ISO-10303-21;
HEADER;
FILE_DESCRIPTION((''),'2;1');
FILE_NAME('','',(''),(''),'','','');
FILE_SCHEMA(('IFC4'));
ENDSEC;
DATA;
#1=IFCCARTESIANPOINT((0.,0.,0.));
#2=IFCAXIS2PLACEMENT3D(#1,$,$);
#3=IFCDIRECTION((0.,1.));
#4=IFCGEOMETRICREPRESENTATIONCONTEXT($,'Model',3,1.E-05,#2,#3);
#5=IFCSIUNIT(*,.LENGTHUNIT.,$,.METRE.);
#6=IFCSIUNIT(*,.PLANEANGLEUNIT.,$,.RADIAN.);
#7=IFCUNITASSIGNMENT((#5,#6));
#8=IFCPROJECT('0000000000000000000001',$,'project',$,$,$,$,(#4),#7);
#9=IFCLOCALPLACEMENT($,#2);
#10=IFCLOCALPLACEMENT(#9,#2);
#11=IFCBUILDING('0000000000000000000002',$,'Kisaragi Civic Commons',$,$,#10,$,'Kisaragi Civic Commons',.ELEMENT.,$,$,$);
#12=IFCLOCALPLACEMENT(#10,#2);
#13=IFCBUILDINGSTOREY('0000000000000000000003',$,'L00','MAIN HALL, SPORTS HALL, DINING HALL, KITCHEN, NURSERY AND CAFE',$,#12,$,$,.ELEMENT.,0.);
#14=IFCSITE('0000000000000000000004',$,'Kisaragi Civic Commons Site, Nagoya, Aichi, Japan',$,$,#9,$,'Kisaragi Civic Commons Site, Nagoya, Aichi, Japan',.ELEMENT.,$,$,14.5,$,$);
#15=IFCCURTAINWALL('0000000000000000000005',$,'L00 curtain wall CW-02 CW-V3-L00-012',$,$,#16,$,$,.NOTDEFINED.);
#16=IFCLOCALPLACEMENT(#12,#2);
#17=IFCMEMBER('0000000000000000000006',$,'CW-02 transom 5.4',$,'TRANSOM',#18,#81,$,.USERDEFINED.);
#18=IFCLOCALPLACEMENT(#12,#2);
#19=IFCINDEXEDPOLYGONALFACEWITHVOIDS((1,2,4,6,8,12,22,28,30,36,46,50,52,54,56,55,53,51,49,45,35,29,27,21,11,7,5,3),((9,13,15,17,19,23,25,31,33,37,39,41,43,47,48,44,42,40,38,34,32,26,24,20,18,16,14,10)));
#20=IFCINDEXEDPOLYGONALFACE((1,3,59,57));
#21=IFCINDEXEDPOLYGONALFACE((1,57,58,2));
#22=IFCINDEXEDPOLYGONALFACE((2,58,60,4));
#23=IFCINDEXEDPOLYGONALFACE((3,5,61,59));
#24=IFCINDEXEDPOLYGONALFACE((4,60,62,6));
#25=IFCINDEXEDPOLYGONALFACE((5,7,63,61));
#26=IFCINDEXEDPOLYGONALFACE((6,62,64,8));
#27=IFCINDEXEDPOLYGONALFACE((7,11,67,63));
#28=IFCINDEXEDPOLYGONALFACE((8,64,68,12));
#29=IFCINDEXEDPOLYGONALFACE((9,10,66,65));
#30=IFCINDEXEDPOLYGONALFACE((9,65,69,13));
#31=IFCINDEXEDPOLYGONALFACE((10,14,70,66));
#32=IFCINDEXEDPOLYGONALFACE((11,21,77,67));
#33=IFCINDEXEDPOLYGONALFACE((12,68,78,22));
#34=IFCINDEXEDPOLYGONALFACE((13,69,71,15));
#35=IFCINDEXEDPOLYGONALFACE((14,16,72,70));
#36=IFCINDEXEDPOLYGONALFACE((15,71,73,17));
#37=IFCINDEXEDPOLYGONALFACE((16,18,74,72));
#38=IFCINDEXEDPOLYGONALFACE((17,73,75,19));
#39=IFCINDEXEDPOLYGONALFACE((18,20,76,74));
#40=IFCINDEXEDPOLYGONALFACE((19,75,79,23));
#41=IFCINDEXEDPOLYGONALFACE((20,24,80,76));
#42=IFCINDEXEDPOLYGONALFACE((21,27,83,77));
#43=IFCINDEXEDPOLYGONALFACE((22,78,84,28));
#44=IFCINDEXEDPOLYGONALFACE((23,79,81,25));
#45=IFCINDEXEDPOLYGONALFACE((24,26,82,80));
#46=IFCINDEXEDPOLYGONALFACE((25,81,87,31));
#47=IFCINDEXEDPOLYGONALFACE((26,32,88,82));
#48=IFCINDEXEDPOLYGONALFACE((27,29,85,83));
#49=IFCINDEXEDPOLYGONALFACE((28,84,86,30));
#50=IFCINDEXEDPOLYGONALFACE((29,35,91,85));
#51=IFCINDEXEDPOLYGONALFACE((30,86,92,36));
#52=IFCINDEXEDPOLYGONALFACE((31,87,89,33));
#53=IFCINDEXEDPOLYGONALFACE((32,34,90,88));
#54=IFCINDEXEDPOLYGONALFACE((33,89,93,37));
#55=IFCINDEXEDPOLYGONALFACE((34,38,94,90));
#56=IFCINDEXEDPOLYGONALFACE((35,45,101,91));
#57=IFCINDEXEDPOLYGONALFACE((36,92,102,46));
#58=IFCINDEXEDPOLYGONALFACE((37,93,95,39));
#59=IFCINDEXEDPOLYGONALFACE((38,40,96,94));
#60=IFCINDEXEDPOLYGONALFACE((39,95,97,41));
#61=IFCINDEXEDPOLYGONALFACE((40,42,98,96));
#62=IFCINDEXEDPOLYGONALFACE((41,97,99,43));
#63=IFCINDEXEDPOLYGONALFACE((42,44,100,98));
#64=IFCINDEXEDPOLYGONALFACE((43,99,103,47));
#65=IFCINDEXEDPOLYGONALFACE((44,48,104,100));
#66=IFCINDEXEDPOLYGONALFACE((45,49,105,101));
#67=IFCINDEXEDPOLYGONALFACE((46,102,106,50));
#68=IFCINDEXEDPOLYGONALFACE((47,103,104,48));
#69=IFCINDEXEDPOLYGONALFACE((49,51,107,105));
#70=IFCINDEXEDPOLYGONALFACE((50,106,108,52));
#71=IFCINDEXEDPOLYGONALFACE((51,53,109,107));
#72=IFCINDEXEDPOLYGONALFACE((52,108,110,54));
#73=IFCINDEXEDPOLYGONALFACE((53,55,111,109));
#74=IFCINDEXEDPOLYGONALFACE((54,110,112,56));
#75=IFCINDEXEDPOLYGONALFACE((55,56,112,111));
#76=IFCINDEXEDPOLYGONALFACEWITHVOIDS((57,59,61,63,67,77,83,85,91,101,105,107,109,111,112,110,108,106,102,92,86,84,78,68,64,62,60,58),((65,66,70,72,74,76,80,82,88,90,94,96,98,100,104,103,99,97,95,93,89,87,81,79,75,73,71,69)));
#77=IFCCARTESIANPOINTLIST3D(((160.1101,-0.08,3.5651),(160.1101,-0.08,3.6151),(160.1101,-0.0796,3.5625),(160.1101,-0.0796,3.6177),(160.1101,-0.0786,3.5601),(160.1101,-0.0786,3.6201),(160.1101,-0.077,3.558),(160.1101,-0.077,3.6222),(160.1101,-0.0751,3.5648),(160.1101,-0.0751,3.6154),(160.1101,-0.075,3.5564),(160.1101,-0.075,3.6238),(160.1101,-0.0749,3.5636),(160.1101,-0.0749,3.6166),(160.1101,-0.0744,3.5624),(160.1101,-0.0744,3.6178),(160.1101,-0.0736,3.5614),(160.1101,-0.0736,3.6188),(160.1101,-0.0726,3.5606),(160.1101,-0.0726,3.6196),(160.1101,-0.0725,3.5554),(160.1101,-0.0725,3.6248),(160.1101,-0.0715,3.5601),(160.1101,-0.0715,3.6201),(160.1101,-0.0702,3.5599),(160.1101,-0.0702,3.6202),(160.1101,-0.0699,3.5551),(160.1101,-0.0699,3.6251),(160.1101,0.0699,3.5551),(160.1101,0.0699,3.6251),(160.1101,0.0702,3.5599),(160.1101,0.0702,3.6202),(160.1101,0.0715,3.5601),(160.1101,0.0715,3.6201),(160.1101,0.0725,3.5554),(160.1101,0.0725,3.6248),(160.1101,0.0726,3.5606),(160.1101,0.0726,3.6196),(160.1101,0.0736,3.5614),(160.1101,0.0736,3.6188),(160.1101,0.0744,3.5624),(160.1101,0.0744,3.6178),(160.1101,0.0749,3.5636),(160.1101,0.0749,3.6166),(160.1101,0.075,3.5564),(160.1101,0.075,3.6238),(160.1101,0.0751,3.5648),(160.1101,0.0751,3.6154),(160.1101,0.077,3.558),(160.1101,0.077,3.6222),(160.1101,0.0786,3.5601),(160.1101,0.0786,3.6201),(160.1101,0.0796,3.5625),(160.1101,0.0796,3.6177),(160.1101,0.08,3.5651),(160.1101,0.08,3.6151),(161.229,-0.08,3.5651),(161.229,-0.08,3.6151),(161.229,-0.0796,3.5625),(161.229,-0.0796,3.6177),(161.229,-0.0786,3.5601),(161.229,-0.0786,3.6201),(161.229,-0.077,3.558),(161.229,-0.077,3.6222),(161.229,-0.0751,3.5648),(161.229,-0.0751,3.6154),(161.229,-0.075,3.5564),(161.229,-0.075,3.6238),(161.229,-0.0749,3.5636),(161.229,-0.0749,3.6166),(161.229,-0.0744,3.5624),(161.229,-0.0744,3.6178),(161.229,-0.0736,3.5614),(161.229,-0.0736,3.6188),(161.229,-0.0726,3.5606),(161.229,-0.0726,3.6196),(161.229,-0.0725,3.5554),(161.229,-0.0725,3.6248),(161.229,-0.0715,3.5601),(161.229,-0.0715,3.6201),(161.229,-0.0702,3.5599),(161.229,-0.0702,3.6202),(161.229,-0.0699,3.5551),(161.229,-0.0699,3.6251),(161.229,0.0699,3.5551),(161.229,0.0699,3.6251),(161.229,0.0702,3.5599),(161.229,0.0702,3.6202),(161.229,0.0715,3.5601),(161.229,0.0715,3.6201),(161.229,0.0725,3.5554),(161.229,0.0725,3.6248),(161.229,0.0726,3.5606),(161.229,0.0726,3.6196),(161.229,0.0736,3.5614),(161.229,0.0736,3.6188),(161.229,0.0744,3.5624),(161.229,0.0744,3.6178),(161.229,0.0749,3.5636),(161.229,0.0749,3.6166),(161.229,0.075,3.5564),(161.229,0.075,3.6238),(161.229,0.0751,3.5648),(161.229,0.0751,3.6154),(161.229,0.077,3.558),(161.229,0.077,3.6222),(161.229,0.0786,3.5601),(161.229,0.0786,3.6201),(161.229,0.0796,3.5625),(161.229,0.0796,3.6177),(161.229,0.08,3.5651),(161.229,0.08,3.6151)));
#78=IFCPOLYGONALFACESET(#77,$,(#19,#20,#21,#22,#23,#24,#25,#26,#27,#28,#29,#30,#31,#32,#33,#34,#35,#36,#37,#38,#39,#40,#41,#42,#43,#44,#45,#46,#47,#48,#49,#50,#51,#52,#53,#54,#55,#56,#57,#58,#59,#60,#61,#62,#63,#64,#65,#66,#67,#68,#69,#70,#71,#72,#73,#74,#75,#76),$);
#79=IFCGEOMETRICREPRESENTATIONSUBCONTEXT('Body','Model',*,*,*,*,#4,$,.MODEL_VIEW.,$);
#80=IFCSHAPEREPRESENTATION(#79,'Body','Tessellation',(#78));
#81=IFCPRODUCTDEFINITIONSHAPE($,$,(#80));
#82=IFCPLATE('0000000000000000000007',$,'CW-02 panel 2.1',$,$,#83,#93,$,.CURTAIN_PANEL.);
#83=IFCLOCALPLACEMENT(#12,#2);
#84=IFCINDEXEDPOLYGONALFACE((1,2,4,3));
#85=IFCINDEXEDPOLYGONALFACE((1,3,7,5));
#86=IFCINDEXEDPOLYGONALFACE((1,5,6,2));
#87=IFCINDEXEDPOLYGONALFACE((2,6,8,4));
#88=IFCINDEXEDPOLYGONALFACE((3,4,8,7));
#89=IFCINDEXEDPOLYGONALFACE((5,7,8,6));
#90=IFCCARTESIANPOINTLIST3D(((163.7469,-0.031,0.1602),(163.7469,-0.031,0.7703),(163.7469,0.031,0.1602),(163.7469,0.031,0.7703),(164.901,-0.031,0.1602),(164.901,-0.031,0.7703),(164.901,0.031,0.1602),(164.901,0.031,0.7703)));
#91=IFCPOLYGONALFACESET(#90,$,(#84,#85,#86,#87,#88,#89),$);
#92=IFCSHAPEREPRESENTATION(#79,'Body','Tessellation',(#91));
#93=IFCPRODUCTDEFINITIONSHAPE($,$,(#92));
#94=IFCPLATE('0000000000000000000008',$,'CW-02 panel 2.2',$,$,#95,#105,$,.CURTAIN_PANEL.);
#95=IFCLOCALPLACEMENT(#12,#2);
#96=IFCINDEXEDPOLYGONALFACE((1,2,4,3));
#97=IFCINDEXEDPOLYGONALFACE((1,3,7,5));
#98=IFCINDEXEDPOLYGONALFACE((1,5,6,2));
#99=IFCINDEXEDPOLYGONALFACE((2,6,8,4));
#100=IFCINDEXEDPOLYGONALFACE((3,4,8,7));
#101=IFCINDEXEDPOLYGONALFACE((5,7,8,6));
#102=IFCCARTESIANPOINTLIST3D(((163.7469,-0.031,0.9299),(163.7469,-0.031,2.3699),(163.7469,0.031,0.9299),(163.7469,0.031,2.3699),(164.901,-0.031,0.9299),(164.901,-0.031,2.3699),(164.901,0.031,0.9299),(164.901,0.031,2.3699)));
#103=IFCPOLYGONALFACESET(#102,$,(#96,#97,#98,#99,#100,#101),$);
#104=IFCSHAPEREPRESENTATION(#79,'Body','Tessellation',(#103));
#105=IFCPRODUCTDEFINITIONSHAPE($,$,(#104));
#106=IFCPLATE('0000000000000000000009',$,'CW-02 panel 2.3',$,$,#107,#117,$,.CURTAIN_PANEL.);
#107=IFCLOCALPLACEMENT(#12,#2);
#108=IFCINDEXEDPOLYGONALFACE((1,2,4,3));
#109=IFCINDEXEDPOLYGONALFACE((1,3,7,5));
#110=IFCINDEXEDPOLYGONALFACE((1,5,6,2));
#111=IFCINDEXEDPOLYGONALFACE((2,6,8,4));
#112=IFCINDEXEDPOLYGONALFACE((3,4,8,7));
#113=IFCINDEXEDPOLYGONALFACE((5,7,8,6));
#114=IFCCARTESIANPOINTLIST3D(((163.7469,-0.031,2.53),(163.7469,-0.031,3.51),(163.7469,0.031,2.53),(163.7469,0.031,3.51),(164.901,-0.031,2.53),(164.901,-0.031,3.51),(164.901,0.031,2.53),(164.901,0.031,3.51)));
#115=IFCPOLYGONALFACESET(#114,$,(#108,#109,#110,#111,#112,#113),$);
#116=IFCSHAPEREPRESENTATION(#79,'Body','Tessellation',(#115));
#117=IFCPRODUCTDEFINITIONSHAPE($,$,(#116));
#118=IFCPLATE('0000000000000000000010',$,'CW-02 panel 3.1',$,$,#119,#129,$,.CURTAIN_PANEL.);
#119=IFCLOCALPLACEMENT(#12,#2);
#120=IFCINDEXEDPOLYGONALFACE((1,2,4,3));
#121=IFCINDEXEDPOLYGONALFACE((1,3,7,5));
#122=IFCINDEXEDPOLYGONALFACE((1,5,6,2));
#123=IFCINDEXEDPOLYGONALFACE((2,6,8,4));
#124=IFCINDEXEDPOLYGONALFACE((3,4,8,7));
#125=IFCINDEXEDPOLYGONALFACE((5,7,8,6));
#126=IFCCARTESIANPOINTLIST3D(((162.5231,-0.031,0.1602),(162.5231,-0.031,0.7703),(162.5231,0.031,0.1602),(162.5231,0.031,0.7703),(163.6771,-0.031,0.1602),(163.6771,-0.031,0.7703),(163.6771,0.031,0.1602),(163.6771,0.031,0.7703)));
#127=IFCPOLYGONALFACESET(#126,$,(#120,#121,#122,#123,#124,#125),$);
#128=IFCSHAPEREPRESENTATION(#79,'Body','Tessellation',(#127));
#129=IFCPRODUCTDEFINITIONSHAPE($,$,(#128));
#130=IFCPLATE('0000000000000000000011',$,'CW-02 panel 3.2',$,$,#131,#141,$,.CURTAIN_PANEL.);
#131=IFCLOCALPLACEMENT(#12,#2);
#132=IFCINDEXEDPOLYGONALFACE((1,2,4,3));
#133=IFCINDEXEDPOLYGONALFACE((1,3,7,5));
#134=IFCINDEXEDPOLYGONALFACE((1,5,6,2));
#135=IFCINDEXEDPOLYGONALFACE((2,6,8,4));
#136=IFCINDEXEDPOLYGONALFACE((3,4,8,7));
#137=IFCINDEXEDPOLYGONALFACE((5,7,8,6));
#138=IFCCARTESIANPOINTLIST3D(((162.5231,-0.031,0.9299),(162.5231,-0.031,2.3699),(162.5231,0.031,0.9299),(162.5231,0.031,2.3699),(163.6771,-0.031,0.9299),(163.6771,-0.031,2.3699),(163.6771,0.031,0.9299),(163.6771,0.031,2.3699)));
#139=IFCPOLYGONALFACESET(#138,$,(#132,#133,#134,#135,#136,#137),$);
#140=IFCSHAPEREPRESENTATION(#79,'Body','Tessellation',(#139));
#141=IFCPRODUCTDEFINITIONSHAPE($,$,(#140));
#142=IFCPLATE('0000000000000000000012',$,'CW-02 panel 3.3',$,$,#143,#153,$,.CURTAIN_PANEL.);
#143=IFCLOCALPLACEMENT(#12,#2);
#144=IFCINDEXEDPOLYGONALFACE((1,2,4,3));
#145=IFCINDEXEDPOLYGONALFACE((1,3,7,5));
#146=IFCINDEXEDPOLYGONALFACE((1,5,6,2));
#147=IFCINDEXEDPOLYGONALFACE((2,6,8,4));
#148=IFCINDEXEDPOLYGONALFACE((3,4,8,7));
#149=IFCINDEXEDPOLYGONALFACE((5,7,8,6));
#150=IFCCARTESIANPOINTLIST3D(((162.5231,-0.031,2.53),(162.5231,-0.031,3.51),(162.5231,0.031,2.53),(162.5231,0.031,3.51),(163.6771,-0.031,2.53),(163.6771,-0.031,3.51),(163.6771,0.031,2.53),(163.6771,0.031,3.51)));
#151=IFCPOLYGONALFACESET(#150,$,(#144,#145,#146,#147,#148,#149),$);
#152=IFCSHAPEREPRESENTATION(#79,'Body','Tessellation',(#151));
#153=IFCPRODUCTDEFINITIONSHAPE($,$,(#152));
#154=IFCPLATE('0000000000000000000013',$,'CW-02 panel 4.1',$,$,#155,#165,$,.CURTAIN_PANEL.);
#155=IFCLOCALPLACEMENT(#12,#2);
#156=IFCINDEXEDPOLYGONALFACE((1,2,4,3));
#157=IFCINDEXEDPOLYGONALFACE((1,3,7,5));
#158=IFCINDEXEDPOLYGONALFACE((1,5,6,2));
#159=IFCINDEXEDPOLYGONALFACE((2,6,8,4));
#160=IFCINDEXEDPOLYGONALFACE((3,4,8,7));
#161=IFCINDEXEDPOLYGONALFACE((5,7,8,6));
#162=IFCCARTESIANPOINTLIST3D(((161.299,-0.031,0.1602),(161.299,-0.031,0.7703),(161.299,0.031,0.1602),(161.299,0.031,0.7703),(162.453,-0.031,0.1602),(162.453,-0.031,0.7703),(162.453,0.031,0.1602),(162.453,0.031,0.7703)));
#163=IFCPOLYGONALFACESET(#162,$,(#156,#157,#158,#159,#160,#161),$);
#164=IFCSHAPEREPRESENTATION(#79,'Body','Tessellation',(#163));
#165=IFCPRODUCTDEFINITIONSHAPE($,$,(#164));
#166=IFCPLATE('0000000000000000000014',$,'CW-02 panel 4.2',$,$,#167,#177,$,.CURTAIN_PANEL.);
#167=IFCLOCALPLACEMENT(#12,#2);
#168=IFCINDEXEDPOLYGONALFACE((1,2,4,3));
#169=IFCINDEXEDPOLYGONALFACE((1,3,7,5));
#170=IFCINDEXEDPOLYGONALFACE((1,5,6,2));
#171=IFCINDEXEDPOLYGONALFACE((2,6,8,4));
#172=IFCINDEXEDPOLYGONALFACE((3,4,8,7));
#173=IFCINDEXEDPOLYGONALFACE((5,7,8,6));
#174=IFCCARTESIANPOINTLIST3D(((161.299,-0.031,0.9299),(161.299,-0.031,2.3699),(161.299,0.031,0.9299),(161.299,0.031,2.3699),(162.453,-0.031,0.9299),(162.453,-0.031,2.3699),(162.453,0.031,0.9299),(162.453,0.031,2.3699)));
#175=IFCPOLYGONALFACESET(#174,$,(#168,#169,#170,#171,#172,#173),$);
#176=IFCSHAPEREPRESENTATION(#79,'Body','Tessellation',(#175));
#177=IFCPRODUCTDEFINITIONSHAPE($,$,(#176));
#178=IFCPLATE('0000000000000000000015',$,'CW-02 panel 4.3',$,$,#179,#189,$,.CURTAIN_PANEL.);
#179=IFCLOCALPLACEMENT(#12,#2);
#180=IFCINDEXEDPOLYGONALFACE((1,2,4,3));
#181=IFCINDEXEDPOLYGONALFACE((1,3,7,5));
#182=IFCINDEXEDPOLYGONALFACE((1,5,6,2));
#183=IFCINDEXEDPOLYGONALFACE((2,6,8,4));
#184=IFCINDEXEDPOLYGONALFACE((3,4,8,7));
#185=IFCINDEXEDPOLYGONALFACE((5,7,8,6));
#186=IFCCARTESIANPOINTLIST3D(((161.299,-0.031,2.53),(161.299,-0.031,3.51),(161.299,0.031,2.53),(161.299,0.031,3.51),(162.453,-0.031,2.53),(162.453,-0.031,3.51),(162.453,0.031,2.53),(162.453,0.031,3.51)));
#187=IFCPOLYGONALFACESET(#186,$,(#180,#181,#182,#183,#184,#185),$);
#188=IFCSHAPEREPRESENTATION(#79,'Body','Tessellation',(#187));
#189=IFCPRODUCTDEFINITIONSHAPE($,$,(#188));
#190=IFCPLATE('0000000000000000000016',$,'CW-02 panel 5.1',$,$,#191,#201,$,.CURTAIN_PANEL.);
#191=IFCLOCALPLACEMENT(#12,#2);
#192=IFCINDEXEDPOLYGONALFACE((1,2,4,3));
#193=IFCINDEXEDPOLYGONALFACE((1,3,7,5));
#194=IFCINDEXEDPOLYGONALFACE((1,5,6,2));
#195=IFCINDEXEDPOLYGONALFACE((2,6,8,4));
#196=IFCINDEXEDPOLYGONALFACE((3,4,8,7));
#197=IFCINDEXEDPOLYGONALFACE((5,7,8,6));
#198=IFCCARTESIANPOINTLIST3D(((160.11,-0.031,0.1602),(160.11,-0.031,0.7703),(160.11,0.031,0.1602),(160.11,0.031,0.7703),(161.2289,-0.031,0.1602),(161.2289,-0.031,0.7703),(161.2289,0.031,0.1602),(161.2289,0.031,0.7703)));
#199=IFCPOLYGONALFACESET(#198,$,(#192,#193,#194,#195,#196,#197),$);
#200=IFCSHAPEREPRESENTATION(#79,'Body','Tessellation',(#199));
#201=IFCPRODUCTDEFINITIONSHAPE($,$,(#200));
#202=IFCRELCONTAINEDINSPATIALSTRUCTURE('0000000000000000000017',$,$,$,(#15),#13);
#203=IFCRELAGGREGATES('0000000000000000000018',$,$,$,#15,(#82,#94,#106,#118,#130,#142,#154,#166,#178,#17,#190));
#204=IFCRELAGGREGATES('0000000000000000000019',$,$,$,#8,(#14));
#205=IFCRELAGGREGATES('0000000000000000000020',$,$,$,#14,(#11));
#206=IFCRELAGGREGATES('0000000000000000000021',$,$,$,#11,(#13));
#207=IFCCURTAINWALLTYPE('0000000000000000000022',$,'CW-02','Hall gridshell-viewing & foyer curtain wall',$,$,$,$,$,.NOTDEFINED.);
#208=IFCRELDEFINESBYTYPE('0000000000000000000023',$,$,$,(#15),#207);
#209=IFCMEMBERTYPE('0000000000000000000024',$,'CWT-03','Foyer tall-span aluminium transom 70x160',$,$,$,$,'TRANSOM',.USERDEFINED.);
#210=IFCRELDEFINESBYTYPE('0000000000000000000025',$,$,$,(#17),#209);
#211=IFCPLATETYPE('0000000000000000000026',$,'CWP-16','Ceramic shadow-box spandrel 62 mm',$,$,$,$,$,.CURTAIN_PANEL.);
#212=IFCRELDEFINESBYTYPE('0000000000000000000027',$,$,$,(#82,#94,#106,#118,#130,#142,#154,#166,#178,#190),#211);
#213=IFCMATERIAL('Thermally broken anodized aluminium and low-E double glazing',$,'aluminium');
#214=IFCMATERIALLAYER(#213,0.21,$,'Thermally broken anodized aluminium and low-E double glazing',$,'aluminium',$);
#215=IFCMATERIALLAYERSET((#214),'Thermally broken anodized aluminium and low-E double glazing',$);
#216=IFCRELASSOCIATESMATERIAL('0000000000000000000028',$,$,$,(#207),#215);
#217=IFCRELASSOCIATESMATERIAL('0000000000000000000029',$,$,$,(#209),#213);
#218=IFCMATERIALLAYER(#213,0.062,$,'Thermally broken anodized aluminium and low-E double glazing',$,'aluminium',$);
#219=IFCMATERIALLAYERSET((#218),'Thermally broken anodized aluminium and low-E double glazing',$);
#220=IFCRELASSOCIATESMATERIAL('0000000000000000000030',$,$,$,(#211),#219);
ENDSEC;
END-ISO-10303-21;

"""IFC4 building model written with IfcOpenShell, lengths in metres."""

from ifc_helpers import new_model, si_unit, direction, frame, origin, origin_2d, place, context, subcontext, project, spatial, rectangle, hollow_rectangle, extrude, material, layer, layer_set, material_profile, profile_set, type_object, element, aggregate, save


model = new_model("IFC4")

# Units and contexts
model_context = context("Model", 3, precision=1e-05, world=origin(), true_north=direction((0.0, 1.0)))
body_context = subcontext(model_context, "Body", "Model", "MODEL_VIEW")
ifc_project = project(units=[si_unit("LENGTHUNIT", "METRE"), si_unit("PLANEANGLEUNIT", "RADIAN")], contexts=[model_context])

# Site, building, storey
site_placement = place(None, origin())
site = spatial("IfcSite", under=ifc_project, at=site_placement, Name="Kisaragi Civic Commons Site, Nagoya, Aichi, Japan", LongName="Kisaragi Civic Commons Site, Nagoya, Aichi, Japan", CompositionType="ELEMENT", RefElevation=14.5)
building_placement = place(site_placement, origin())
building = spatial("IfcBuilding", under=site, at=building_placement, Name="Kisaragi Civic Commons", LongName="Kisaragi Civic Commons", CompositionType="ELEMENT")
storey_placement = place(building_placement, origin())
storey = spatial("IfcBuildingStorey", under=building, at=storey_placement, Name="L00", Description="MAIN HALL, SPORTS HALL, DINING HALL, KITCHEN, NURSERY AND CAFE", CompositionType="ELEMENT", Elevation=0.0)

# Curtain wall, member, plates
ifc_material = material(Name="Thermally broken anodized aluminium and low-E double glazing", Category="aluminium")
ifc_layer_1 = layer(ifc_material, 0.21, Name="Thermally broken anodized aluminium and low-E double glazing", Category="aluminium")
ifc_layer_set_1 = layer_set([ifc_layer_1], Name="Thermally broken anodized aluminium and low-E double glazing")
curtain_wall_type = type_object("IfcCurtainWallType", Name="CW-02", Description="Hall gridshell-viewing & foyer curtain wall", PredefinedType="NOTDEFINED", material=ifc_layer_set_1)
curtain_wall_placement = place(storey_placement, origin())
curtain_wall = element("IfcCurtainWall", 1, at=curtain_wall_placement, inside=storey, type_object=curtain_wall_type, Name="L00 curtain wall CW-02 CW-V3-L00-012", PredefinedType="NOTDEFINED")
ifc_material_profile_1 = material_profile(ifc_material, hollow_rectangle(XDim=0.1599, YDim=0.0701, WallThickness=0.0049, InnerFilletRadius=0.0049, OuterFilletRadius=0.01, at=origin_2d()), Name="CWT-70x160x5", Category="aluminium")
ifc_profile_set_1 = profile_set([ifc_material_profile_1], Name="Thermally broken anodized aluminium and low-E double glazing")
member_type_1 = type_object("IfcMemberType", Name="CWT-03", Description="Foyer tall-span aluminium transom 70x160", ElementType="TRANSOM", PredefinedType="USERDEFINED", material=ifc_profile_set_1)
member_1_placement = place(storey_placement, frame((161.229, 0.0, 3.5901), z_axis=(-1.0, 0.0, 0.0), x_axis=(0.0, -1.0, 0.0)))
member_1 = element("IfcMember", 2, at=member_1_placement, type_object=member_type_1, Name="CW-02 transom 5.4", ObjectType="TRANSOM", PredefinedType="USERDEFINED", context=body_context, shape_type="SweptSolid", body=[
    extrude(hollow_rectangle(XDim=0.1599, YDim=0.0701, WallThickness=0.0049, InnerFilletRadius=0.0049, OuterFilletRadius=0.01, at=origin_2d()), origin(), (0.0, 0.0, 1.0), 1.1189),
])
ifc_layer_2 = layer(ifc_material, 0.062, Name="Thermally broken anodized aluminium and low-E double glazing", Category="aluminium")
ifc_layer_set_2 = layer_set([ifc_layer_2], Name="Thermally broken anodized aluminium and low-E double glazing")
plate_type = type_object("IfcPlateType", Name="CWP-16", Description="Ceramic shadow-box spandrel 62 mm", PredefinedType="CURTAIN_PANEL", material=ifc_layer_set_2)
plate_1_placement = place(storey_placement, frame((164.324, 0.0, 0.1602), z_axis=(0.0, 0.0, 1.0), x_axis=(-1.0, 0.0, 0.0)))
plate_1 = element("IfcPlate", 3, at=plate_1_placement, type_object=plate_type, Name="CW-02 panel 2.1", PredefinedType="CURTAIN_PANEL", context=body_context, shape_type="SweptSolid", body=[
    extrude(rectangle(XDim=1.1541, YDim=0.062, at=origin_2d()), origin(), (0.0, 0.0, 1.0), 0.6101),
])
plate_2_placement = place(storey_placement, frame((164.324, 0.0, 0.9299), z_axis=(0.0, 0.0, 1.0), x_axis=(-1.0, 0.0, 0.0)))
plate_2 = element("IfcPlate", 4, at=plate_2_placement, type_object=plate_type, Name="CW-02 panel 2.2", PredefinedType="CURTAIN_PANEL", context=body_context, shape_type="SweptSolid", body=[
    extrude(rectangle(XDim=1.1541, YDim=0.062, at=origin_2d()), origin(), (0.0, 0.0, 1.0), 1.4399),
])
plate_3_placement = place(storey_placement, frame((164.324, 0.0, 2.53), z_axis=(0.0, 0.0, 1.0), x_axis=(-1.0, 0.0, 0.0)))
plate_3 = element("IfcPlate", 5, at=plate_3_placement, type_object=plate_type, Name="CW-02 panel 2.3", PredefinedType="CURTAIN_PANEL", context=body_context, shape_type="SweptSolid", body=[
    extrude(rectangle(XDim=1.1541, YDim=0.062, at=origin_2d()), origin(), (0.0, 0.0, 1.0), 0.98),
])
plate_4_placement = place(storey_placement, frame((163.1001, 0.0, 0.1602), z_axis=(0.0, 0.0, 1.0), x_axis=(-1.0, 0.0, 0.0)))
plate_4 = element("IfcPlate", 6, at=plate_4_placement, type_object=plate_type, Name="CW-02 panel 3.1", PredefinedType="CURTAIN_PANEL", context=body_context, shape_type="SweptSolid", body=[
    extrude(rectangle(XDim=1.1541, YDim=0.062, at=origin_2d()), origin(), (0.0, 0.0, 1.0), 0.6101),
])
plate_5_placement = place(storey_placement, frame((163.1001, 0.0, 0.9299), z_axis=(0.0, 0.0, 1.0), x_axis=(-1.0, 0.0, 0.0)))
plate_5 = element("IfcPlate", 7, at=plate_5_placement, type_object=plate_type, Name="CW-02 panel 3.2", PredefinedType="CURTAIN_PANEL", context=body_context, shape_type="SweptSolid", body=[
    extrude(rectangle(XDim=1.1541, YDim=0.062, at=origin_2d()), origin(), (0.0, 0.0, 1.0), 1.4399),
])
plate_6_placement = place(storey_placement, frame((163.1001, 0.0, 2.53), z_axis=(0.0, 0.0, 1.0), x_axis=(-1.0, 0.0, 0.0)))
plate_6 = element("IfcPlate", 8, at=plate_6_placement, type_object=plate_type, Name="CW-02 panel 3.3", PredefinedType="CURTAIN_PANEL", context=body_context, shape_type="SweptSolid", body=[
    extrude(rectangle(XDim=1.1541, YDim=0.062, at=origin_2d()), origin(), (0.0, 0.0, 1.0), 0.98),
])
plate_7_placement = place(storey_placement, frame((161.876, 0.0, 0.1602), z_axis=(0.0, 0.0, 1.0), x_axis=(-1.0, 0.0, 0.0)))
plate_7 = element("IfcPlate", 9, at=plate_7_placement, type_object=plate_type, Name="CW-02 panel 4.1", PredefinedType="CURTAIN_PANEL", context=body_context, shape_type="SweptSolid", body=[
    extrude(rectangle(XDim=1.1541, YDim=0.062, at=origin_2d()), origin(), (0.0, 0.0, 1.0), 0.6101),
])
plate_8_placement = place(storey_placement, frame((161.876, 0.0, 0.9299), z_axis=(0.0, 0.0, 1.0), x_axis=(-1.0, 0.0, 0.0)))
plate_8 = element("IfcPlate", 10, at=plate_8_placement, type_object=plate_type, Name="CW-02 panel 4.2", PredefinedType="CURTAIN_PANEL", context=body_context, shape_type="SweptSolid", body=[
    extrude(rectangle(XDim=1.1541, YDim=0.062, at=origin_2d()), origin(), (0.0, 0.0, 1.0), 1.4399),
])
plate_9_placement = place(storey_placement, frame((161.876, 0.0, 2.53), z_axis=(0.0, 0.0, 1.0), x_axis=(-1.0, 0.0, 0.0)))
plate_9 = element("IfcPlate", 11, at=plate_9_placement, type_object=plate_type, Name="CW-02 panel 4.3", PredefinedType="CURTAIN_PANEL", context=body_context, shape_type="SweptSolid", body=[
    extrude(rectangle(XDim=1.1541, YDim=0.062, at=origin_2d()), origin(), (0.0, 0.0, 1.0), 0.98),
])
plate_10_placement = place(storey_placement, frame((160.6694, 0.0, 0.1602), z_axis=(0.0, 0.0, 1.0), x_axis=(-1.0, 0.0, 0.0)))
plate_10 = element("IfcPlate", 12, at=plate_10_placement, type_object=plate_type, Name="CW-02 panel 5.1", PredefinedType="CURTAIN_PANEL", context=body_context, shape_type="SweptSolid", body=[
    extrude(rectangle(XDim=1.1189, YDim=0.062, at=origin_2d()), origin(), (0.0, 0.0, 1.0), 0.6101),
])
aggregate(curtain_wall, [plate_1, plate_2, plate_3, plate_4, plate_5, plate_6, plate_7, plate_8, plate_9, member_1, plate_10])

save(model, "model.ifc")
